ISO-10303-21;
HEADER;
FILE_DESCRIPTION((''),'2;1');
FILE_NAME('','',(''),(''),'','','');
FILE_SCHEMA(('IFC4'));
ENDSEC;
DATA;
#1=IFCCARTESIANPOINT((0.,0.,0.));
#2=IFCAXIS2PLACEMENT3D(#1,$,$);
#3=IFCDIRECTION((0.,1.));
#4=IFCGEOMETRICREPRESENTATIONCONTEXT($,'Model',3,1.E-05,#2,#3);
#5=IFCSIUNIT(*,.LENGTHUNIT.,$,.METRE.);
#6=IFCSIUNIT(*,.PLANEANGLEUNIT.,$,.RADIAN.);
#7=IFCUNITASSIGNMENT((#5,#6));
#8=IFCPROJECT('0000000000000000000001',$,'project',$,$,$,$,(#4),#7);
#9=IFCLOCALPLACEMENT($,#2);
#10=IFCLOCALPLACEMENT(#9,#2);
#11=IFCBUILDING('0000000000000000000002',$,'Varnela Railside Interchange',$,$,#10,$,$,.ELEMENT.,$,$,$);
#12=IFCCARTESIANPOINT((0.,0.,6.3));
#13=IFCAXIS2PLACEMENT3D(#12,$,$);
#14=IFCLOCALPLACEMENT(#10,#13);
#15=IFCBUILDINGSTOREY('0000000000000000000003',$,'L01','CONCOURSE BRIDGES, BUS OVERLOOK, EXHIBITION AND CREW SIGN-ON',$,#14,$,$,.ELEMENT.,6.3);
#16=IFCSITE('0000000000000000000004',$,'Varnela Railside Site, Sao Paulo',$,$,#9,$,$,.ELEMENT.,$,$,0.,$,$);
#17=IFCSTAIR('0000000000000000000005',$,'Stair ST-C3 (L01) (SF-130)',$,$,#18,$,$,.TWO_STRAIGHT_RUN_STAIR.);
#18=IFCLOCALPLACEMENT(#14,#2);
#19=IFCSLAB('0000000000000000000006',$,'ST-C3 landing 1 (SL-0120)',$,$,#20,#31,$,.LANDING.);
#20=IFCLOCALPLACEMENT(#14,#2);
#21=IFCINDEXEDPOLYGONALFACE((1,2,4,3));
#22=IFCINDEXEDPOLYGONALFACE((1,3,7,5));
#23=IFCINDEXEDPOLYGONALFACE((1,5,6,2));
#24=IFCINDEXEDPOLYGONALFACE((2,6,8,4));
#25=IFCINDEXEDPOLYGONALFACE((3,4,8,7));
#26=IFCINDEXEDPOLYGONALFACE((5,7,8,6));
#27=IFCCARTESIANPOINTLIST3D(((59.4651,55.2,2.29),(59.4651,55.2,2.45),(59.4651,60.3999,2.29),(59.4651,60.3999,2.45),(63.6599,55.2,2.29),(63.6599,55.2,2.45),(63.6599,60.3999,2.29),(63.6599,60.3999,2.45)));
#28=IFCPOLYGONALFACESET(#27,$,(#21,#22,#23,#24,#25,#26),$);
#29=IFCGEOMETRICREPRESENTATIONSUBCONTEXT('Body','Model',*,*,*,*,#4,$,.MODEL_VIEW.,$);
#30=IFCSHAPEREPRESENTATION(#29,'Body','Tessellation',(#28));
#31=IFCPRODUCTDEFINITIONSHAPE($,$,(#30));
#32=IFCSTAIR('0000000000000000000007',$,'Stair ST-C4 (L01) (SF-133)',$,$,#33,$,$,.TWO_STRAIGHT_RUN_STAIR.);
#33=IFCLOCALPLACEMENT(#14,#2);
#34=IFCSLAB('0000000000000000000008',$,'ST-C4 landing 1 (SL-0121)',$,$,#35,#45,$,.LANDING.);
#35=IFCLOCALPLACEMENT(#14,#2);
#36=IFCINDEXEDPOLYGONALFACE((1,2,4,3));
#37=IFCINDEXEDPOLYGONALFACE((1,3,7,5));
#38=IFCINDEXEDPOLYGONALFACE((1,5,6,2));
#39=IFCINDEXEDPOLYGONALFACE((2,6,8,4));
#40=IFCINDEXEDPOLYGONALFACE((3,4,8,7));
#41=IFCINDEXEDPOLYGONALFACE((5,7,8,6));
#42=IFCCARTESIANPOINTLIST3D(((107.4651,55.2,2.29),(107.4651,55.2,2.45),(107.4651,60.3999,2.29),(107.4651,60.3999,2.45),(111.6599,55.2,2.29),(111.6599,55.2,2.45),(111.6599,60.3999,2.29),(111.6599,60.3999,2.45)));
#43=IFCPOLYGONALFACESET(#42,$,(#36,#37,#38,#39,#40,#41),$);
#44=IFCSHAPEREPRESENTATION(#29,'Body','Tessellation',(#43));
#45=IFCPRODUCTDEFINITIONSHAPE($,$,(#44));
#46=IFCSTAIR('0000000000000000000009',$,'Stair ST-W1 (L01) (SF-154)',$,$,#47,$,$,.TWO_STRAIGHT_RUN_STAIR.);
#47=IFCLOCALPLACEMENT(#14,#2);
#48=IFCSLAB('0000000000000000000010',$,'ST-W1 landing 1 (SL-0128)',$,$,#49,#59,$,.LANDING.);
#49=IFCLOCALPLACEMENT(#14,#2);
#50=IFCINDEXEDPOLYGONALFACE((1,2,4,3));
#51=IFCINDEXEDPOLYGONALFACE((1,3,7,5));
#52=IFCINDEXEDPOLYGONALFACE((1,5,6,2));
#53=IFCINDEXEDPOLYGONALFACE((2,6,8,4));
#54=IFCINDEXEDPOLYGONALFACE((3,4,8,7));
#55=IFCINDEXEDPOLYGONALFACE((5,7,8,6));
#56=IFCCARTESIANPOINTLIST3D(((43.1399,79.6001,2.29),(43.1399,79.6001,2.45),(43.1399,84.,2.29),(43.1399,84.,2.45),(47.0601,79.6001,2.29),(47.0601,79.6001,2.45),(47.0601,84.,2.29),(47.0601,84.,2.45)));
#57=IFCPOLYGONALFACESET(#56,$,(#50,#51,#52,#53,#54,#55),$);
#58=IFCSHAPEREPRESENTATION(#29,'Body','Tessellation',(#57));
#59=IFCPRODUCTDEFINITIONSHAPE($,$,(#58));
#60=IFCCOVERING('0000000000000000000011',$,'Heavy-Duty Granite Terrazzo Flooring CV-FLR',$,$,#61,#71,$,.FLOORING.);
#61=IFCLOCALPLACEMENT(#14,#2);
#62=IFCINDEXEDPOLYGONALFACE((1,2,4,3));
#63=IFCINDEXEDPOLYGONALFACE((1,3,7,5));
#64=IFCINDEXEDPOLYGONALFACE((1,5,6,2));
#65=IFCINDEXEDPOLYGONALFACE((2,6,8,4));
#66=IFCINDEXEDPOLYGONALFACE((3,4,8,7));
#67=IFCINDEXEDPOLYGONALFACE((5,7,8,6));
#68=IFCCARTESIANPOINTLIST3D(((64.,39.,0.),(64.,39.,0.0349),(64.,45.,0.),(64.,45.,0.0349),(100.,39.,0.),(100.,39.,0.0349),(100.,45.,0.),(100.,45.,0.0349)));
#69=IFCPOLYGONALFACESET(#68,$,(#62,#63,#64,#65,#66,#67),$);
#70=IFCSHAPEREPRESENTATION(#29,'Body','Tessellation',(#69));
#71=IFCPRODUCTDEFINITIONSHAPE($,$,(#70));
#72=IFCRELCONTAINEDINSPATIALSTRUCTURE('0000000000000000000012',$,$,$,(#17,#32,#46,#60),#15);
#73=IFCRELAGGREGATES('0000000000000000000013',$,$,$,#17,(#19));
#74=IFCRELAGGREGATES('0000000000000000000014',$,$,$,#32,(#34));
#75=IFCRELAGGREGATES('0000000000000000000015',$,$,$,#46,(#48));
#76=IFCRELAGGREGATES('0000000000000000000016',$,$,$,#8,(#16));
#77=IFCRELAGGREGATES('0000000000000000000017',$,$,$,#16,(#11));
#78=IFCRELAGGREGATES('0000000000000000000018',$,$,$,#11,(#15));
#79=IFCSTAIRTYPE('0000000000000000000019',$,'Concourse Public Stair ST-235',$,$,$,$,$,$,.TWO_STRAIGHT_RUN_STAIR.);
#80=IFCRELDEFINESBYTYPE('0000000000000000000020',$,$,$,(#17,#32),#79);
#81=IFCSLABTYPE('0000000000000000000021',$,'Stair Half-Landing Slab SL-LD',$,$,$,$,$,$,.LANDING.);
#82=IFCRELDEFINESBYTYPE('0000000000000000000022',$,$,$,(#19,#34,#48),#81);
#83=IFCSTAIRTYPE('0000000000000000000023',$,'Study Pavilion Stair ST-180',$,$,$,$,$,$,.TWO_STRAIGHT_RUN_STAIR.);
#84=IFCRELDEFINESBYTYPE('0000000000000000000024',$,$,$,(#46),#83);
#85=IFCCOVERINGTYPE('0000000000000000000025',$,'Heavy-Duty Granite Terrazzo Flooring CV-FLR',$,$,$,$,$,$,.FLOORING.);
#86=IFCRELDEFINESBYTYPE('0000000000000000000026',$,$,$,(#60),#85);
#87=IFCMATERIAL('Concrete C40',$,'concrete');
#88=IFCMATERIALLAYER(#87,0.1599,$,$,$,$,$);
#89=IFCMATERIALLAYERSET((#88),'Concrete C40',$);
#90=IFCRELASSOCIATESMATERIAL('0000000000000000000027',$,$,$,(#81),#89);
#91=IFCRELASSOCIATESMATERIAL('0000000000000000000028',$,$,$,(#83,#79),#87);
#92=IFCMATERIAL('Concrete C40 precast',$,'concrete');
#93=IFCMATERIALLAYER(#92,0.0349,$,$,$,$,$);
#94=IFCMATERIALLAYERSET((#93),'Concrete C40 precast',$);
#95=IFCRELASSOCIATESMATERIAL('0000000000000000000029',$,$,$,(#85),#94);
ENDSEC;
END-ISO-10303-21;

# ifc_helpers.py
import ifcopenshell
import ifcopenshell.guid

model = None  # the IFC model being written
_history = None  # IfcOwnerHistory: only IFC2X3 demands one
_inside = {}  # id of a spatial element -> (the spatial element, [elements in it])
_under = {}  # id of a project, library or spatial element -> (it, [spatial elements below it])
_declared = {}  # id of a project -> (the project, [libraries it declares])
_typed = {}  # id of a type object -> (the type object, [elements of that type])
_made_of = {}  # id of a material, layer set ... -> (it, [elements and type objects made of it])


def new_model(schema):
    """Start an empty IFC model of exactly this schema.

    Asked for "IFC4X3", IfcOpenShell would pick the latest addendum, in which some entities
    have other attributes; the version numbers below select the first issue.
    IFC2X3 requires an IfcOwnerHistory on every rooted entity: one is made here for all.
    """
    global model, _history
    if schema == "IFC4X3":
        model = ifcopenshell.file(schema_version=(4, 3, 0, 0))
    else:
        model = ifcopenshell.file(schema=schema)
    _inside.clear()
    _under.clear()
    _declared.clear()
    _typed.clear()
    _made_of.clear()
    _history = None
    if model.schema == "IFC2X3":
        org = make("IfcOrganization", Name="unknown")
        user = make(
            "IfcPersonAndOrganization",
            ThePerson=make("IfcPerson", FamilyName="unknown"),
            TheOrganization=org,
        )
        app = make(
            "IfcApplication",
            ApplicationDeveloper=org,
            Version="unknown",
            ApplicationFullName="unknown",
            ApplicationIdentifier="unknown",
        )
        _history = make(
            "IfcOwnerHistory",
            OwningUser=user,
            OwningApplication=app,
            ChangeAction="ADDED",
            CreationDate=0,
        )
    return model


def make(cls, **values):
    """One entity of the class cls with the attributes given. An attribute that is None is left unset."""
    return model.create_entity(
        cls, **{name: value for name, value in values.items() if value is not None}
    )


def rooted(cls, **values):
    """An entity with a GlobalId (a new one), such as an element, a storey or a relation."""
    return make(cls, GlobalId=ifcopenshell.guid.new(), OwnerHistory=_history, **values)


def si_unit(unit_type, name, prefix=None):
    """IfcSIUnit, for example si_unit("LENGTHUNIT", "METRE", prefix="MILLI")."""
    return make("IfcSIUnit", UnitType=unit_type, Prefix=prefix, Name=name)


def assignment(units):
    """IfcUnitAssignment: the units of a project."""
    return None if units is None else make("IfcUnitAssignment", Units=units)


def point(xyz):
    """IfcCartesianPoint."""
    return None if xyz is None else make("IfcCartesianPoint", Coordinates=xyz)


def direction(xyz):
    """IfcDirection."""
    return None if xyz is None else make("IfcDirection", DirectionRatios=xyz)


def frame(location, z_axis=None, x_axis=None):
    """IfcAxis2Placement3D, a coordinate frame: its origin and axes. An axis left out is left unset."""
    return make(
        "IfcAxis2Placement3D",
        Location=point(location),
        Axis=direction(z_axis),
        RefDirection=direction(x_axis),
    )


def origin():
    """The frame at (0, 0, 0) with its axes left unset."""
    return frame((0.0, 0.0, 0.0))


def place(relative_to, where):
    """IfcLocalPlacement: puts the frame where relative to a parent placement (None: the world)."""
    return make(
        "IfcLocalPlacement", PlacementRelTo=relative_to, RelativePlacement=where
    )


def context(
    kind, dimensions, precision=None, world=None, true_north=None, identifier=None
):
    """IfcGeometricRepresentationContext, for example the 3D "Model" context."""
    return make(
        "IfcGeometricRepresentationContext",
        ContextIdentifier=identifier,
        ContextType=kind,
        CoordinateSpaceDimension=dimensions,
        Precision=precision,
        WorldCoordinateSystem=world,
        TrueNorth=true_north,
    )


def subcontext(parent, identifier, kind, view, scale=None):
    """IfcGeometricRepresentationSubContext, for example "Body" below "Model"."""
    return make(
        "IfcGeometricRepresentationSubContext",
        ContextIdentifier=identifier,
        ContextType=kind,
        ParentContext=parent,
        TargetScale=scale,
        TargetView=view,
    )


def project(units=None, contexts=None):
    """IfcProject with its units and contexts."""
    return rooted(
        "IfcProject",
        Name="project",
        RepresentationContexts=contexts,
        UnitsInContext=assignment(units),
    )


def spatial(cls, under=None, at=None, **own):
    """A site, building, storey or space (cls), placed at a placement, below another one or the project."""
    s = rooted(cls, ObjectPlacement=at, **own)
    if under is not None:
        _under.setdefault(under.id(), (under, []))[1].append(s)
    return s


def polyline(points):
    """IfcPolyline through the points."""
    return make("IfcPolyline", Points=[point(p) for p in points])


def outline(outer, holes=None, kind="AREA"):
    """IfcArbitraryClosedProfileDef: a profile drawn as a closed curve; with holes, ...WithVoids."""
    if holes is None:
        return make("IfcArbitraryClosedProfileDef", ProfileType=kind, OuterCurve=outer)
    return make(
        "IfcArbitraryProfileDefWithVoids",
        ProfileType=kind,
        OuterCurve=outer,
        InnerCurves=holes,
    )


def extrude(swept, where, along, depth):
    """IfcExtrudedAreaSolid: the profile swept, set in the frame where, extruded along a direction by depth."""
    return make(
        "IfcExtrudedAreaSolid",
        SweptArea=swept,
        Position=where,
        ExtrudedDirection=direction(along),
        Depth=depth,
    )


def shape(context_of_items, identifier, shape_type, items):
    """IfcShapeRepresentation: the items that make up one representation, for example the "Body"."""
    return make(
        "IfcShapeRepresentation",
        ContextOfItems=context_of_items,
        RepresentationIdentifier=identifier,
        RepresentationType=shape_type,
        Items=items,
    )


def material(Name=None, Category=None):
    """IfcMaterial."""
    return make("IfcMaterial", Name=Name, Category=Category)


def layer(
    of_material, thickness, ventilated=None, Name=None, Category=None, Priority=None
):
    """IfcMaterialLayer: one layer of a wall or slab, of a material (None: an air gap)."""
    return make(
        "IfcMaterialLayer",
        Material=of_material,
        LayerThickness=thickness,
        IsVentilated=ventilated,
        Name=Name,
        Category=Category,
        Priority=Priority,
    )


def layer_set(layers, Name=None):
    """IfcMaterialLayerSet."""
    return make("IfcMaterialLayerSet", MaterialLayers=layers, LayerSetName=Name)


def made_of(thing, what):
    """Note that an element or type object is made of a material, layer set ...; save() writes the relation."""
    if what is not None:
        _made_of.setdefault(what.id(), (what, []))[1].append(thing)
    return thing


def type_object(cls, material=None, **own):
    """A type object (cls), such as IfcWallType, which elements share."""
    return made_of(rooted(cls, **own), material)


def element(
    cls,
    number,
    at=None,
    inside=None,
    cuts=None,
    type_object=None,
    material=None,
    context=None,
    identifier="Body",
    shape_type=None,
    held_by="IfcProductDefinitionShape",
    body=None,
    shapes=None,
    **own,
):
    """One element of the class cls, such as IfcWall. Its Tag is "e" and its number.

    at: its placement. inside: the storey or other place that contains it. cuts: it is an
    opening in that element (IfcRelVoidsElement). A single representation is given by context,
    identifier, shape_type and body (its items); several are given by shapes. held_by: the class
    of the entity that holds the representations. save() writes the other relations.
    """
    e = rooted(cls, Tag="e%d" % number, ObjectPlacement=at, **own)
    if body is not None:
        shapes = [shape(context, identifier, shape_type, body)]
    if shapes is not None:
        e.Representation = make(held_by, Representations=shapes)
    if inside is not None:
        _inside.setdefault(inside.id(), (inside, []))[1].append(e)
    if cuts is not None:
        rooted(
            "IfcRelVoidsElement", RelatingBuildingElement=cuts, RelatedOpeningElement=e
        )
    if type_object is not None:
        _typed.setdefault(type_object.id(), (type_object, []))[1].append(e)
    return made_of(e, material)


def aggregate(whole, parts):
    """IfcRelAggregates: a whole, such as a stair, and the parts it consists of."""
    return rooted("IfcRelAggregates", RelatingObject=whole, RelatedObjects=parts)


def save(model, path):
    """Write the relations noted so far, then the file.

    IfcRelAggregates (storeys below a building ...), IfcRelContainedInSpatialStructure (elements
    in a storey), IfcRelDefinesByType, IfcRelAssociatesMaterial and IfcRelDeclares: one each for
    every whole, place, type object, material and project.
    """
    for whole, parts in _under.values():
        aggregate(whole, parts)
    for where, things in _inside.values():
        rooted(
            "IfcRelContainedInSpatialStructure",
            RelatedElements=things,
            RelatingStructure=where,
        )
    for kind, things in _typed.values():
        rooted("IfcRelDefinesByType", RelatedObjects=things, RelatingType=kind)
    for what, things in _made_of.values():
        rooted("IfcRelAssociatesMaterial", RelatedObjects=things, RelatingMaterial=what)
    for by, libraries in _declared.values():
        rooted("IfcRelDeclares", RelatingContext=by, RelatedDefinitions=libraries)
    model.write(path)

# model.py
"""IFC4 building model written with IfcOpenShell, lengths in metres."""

from ifc_helpers import new_model, si_unit, direction, frame, origin, place, context, subcontext, project, spatial, polyline, outline, extrude, material, layer, layer_set, type_object, element, aggregate, save


model = new_model("IFC4")

# Units and contexts
model_context = context("Model", 3, precision=1e-05, world=origin(), true_north=direction((0.0, 1.0)))
body_context = subcontext(model_context, "Body", "Model", "MODEL_VIEW")
ifc_project = project(units=[si_unit("LENGTHUNIT", "METRE"), si_unit("PLANEANGLEUNIT", "RADIAN")], contexts=[model_context])

# Site, building, storey
site_placement = place(None, origin())
site = spatial("IfcSite", under=ifc_project, at=site_placement, Name="Varnela Railside Site, Sao Paulo", CompositionType="ELEMENT", RefElevation=0.0)
building_placement = place(site_placement, origin())
building = spatial("IfcBuilding", under=site, at=building_placement, Name="Varnela Railside Interchange", CompositionType="ELEMENT")
storey_placement = place(building_placement, frame((0.0, 0.0, 6.3)))
storey = spatial("IfcBuildingStorey", under=building, at=storey_placement, Name="L01", Description="CONCOURSE BRIDGES, BUS OVERLOOK, EXHIBITION AND CREW SIGN-ON", CompositionType="ELEMENT", Elevation=6.3)

# Shared definitions
ifc_material_1 = material(Name="Concrete C40", Category="concrete")

# Stairs, slabs
ifc_layer_1 = layer(ifc_material_1, 0.1599)
ifc_layer_set_1 = layer_set([ifc_layer_1], Name="Concrete C40")
slab_type_1 = type_object("IfcSlabType", Name="Stair Half-Landing Slab SL-LD", PredefinedType="LANDING", material=ifc_layer_set_1)
stair_type_1 = type_object("IfcStairType", Name="Study Pavilion Stair ST-180", PredefinedType="TWO_STRAIGHT_RUN_STAIR", material=ifc_material_1)
stair_type_2 = type_object("IfcStairType", Name="Concourse Public Stair ST-235", PredefinedType="TWO_STRAIGHT_RUN_STAIR", material=ifc_material_1)
stair_1_placement = place(storey_placement, origin())
stair_1 = element("IfcStair", 1, at=stair_1_placement, inside=storey, type_object=stair_type_2, Name="Stair ST-C3 (L01) (SF-130)", PredefinedType="TWO_STRAIGHT_RUN_STAIR")
slab_1_placement = place(storey_placement, frame((0.0, 0.0, 2.29)))
slab_1 = element("IfcSlab", 2, at=slab_1_placement, type_object=slab_type_1, Name="ST-C3 landing 1 (SL-0120)", PredefinedType="LANDING", context=body_context, shape_type="SweptSolid", body=[
    extrude(outline(polyline([(59.4651, 55.2), (63.6599, 55.2), (63.6599, 60.3999), (59.4651, 60.3999), (59.4651, 55.2)])), origin(), (0.0, 0.0, 1.0), 0.1599),
])
aggregate(stair_1, [slab_1])
stair_2_placement = place(storey_placement, origin())
stair_2 = element("IfcStair", 3, at=stair_2_placement, inside=storey, type_object=stair_type_2, Name="Stair ST-C4 (L01) (SF-133)", PredefinedType="TWO_STRAIGHT_RUN_STAIR")
slab_2_placement = place(storey_placement, frame((0.0, 0.0, 2.29)))
slab_2 = element("IfcSlab", 4, at=slab_2_placement, type_object=slab_type_1, Name="ST-C4 landing 1 (SL-0121)", PredefinedType="LANDING", context=body_context, shape_type="SweptSolid", body=[
    extrude(outline(polyline([(107.4651, 55.2), (111.6599, 55.2), (111.6599, 60.3999), (107.4651, 60.3999), (107.4651, 55.2)])), origin(), (0.0, 0.0, 1.0), 0.1599),
])
aggregate(stair_2, [slab_2])
stair_3_placement = place(storey_placement, origin())
stair_3 = element("IfcStair", 5, at=stair_3_placement, inside=storey, type_object=stair_type_1, Name="Stair ST-W1 (L01) (SF-154)", PredefinedType="TWO_STRAIGHT_RUN_STAIR")
slab_3_placement = place(storey_placement, frame((0.0, 0.0, 2.29)))
slab_3 = element("IfcSlab", 6, at=slab_3_placement, type_object=slab_type_1, Name="ST-W1 landing 1 (SL-0128)", PredefinedType="LANDING", context=body_context, shape_type="SweptSolid", body=[
    extrude(outline(polyline([(43.1399, 79.6001), (47.0601, 79.6001), (47.0601, 84.0), (43.1399, 84.0), (43.1399, 79.6001)])), origin(), (0.0, 0.0, 1.0), 0.1599),
])
aggregate(stair_3, [slab_3])

# Covering
ifc_material_2 = material(Name="Concrete C40 precast", Category="concrete")
ifc_layer_2 = layer(ifc_material_2, 0.0349)
ifc_layer_set_2 = layer_set([ifc_layer_2], Name="Concrete C40 precast")
covering_type = type_object("IfcCoveringType", Name="Heavy-Duty Granite Terrazzo Flooring CV-FLR", PredefinedType="FLOORING", material=ifc_layer_set_2)
covering_placement = place(storey_placement, origin())
element("IfcCovering", 7, at=covering_placement, inside=storey, type_object=covering_type, Name="Heavy-Duty Granite Terrazzo Flooring CV-FLR", PredefinedType="FLOORING", context=body_context, shape_type="SweptSolid", body=[
    extrude(outline(polyline([(64.0, 39.0), (100.0, 39.0), (100.0, 45.0), (64.0, 45.0), (64.0, 39.0)])), origin(), (0.0, 0.0, 1.0), 0.0349),
])

save(model, "model.ifc")
